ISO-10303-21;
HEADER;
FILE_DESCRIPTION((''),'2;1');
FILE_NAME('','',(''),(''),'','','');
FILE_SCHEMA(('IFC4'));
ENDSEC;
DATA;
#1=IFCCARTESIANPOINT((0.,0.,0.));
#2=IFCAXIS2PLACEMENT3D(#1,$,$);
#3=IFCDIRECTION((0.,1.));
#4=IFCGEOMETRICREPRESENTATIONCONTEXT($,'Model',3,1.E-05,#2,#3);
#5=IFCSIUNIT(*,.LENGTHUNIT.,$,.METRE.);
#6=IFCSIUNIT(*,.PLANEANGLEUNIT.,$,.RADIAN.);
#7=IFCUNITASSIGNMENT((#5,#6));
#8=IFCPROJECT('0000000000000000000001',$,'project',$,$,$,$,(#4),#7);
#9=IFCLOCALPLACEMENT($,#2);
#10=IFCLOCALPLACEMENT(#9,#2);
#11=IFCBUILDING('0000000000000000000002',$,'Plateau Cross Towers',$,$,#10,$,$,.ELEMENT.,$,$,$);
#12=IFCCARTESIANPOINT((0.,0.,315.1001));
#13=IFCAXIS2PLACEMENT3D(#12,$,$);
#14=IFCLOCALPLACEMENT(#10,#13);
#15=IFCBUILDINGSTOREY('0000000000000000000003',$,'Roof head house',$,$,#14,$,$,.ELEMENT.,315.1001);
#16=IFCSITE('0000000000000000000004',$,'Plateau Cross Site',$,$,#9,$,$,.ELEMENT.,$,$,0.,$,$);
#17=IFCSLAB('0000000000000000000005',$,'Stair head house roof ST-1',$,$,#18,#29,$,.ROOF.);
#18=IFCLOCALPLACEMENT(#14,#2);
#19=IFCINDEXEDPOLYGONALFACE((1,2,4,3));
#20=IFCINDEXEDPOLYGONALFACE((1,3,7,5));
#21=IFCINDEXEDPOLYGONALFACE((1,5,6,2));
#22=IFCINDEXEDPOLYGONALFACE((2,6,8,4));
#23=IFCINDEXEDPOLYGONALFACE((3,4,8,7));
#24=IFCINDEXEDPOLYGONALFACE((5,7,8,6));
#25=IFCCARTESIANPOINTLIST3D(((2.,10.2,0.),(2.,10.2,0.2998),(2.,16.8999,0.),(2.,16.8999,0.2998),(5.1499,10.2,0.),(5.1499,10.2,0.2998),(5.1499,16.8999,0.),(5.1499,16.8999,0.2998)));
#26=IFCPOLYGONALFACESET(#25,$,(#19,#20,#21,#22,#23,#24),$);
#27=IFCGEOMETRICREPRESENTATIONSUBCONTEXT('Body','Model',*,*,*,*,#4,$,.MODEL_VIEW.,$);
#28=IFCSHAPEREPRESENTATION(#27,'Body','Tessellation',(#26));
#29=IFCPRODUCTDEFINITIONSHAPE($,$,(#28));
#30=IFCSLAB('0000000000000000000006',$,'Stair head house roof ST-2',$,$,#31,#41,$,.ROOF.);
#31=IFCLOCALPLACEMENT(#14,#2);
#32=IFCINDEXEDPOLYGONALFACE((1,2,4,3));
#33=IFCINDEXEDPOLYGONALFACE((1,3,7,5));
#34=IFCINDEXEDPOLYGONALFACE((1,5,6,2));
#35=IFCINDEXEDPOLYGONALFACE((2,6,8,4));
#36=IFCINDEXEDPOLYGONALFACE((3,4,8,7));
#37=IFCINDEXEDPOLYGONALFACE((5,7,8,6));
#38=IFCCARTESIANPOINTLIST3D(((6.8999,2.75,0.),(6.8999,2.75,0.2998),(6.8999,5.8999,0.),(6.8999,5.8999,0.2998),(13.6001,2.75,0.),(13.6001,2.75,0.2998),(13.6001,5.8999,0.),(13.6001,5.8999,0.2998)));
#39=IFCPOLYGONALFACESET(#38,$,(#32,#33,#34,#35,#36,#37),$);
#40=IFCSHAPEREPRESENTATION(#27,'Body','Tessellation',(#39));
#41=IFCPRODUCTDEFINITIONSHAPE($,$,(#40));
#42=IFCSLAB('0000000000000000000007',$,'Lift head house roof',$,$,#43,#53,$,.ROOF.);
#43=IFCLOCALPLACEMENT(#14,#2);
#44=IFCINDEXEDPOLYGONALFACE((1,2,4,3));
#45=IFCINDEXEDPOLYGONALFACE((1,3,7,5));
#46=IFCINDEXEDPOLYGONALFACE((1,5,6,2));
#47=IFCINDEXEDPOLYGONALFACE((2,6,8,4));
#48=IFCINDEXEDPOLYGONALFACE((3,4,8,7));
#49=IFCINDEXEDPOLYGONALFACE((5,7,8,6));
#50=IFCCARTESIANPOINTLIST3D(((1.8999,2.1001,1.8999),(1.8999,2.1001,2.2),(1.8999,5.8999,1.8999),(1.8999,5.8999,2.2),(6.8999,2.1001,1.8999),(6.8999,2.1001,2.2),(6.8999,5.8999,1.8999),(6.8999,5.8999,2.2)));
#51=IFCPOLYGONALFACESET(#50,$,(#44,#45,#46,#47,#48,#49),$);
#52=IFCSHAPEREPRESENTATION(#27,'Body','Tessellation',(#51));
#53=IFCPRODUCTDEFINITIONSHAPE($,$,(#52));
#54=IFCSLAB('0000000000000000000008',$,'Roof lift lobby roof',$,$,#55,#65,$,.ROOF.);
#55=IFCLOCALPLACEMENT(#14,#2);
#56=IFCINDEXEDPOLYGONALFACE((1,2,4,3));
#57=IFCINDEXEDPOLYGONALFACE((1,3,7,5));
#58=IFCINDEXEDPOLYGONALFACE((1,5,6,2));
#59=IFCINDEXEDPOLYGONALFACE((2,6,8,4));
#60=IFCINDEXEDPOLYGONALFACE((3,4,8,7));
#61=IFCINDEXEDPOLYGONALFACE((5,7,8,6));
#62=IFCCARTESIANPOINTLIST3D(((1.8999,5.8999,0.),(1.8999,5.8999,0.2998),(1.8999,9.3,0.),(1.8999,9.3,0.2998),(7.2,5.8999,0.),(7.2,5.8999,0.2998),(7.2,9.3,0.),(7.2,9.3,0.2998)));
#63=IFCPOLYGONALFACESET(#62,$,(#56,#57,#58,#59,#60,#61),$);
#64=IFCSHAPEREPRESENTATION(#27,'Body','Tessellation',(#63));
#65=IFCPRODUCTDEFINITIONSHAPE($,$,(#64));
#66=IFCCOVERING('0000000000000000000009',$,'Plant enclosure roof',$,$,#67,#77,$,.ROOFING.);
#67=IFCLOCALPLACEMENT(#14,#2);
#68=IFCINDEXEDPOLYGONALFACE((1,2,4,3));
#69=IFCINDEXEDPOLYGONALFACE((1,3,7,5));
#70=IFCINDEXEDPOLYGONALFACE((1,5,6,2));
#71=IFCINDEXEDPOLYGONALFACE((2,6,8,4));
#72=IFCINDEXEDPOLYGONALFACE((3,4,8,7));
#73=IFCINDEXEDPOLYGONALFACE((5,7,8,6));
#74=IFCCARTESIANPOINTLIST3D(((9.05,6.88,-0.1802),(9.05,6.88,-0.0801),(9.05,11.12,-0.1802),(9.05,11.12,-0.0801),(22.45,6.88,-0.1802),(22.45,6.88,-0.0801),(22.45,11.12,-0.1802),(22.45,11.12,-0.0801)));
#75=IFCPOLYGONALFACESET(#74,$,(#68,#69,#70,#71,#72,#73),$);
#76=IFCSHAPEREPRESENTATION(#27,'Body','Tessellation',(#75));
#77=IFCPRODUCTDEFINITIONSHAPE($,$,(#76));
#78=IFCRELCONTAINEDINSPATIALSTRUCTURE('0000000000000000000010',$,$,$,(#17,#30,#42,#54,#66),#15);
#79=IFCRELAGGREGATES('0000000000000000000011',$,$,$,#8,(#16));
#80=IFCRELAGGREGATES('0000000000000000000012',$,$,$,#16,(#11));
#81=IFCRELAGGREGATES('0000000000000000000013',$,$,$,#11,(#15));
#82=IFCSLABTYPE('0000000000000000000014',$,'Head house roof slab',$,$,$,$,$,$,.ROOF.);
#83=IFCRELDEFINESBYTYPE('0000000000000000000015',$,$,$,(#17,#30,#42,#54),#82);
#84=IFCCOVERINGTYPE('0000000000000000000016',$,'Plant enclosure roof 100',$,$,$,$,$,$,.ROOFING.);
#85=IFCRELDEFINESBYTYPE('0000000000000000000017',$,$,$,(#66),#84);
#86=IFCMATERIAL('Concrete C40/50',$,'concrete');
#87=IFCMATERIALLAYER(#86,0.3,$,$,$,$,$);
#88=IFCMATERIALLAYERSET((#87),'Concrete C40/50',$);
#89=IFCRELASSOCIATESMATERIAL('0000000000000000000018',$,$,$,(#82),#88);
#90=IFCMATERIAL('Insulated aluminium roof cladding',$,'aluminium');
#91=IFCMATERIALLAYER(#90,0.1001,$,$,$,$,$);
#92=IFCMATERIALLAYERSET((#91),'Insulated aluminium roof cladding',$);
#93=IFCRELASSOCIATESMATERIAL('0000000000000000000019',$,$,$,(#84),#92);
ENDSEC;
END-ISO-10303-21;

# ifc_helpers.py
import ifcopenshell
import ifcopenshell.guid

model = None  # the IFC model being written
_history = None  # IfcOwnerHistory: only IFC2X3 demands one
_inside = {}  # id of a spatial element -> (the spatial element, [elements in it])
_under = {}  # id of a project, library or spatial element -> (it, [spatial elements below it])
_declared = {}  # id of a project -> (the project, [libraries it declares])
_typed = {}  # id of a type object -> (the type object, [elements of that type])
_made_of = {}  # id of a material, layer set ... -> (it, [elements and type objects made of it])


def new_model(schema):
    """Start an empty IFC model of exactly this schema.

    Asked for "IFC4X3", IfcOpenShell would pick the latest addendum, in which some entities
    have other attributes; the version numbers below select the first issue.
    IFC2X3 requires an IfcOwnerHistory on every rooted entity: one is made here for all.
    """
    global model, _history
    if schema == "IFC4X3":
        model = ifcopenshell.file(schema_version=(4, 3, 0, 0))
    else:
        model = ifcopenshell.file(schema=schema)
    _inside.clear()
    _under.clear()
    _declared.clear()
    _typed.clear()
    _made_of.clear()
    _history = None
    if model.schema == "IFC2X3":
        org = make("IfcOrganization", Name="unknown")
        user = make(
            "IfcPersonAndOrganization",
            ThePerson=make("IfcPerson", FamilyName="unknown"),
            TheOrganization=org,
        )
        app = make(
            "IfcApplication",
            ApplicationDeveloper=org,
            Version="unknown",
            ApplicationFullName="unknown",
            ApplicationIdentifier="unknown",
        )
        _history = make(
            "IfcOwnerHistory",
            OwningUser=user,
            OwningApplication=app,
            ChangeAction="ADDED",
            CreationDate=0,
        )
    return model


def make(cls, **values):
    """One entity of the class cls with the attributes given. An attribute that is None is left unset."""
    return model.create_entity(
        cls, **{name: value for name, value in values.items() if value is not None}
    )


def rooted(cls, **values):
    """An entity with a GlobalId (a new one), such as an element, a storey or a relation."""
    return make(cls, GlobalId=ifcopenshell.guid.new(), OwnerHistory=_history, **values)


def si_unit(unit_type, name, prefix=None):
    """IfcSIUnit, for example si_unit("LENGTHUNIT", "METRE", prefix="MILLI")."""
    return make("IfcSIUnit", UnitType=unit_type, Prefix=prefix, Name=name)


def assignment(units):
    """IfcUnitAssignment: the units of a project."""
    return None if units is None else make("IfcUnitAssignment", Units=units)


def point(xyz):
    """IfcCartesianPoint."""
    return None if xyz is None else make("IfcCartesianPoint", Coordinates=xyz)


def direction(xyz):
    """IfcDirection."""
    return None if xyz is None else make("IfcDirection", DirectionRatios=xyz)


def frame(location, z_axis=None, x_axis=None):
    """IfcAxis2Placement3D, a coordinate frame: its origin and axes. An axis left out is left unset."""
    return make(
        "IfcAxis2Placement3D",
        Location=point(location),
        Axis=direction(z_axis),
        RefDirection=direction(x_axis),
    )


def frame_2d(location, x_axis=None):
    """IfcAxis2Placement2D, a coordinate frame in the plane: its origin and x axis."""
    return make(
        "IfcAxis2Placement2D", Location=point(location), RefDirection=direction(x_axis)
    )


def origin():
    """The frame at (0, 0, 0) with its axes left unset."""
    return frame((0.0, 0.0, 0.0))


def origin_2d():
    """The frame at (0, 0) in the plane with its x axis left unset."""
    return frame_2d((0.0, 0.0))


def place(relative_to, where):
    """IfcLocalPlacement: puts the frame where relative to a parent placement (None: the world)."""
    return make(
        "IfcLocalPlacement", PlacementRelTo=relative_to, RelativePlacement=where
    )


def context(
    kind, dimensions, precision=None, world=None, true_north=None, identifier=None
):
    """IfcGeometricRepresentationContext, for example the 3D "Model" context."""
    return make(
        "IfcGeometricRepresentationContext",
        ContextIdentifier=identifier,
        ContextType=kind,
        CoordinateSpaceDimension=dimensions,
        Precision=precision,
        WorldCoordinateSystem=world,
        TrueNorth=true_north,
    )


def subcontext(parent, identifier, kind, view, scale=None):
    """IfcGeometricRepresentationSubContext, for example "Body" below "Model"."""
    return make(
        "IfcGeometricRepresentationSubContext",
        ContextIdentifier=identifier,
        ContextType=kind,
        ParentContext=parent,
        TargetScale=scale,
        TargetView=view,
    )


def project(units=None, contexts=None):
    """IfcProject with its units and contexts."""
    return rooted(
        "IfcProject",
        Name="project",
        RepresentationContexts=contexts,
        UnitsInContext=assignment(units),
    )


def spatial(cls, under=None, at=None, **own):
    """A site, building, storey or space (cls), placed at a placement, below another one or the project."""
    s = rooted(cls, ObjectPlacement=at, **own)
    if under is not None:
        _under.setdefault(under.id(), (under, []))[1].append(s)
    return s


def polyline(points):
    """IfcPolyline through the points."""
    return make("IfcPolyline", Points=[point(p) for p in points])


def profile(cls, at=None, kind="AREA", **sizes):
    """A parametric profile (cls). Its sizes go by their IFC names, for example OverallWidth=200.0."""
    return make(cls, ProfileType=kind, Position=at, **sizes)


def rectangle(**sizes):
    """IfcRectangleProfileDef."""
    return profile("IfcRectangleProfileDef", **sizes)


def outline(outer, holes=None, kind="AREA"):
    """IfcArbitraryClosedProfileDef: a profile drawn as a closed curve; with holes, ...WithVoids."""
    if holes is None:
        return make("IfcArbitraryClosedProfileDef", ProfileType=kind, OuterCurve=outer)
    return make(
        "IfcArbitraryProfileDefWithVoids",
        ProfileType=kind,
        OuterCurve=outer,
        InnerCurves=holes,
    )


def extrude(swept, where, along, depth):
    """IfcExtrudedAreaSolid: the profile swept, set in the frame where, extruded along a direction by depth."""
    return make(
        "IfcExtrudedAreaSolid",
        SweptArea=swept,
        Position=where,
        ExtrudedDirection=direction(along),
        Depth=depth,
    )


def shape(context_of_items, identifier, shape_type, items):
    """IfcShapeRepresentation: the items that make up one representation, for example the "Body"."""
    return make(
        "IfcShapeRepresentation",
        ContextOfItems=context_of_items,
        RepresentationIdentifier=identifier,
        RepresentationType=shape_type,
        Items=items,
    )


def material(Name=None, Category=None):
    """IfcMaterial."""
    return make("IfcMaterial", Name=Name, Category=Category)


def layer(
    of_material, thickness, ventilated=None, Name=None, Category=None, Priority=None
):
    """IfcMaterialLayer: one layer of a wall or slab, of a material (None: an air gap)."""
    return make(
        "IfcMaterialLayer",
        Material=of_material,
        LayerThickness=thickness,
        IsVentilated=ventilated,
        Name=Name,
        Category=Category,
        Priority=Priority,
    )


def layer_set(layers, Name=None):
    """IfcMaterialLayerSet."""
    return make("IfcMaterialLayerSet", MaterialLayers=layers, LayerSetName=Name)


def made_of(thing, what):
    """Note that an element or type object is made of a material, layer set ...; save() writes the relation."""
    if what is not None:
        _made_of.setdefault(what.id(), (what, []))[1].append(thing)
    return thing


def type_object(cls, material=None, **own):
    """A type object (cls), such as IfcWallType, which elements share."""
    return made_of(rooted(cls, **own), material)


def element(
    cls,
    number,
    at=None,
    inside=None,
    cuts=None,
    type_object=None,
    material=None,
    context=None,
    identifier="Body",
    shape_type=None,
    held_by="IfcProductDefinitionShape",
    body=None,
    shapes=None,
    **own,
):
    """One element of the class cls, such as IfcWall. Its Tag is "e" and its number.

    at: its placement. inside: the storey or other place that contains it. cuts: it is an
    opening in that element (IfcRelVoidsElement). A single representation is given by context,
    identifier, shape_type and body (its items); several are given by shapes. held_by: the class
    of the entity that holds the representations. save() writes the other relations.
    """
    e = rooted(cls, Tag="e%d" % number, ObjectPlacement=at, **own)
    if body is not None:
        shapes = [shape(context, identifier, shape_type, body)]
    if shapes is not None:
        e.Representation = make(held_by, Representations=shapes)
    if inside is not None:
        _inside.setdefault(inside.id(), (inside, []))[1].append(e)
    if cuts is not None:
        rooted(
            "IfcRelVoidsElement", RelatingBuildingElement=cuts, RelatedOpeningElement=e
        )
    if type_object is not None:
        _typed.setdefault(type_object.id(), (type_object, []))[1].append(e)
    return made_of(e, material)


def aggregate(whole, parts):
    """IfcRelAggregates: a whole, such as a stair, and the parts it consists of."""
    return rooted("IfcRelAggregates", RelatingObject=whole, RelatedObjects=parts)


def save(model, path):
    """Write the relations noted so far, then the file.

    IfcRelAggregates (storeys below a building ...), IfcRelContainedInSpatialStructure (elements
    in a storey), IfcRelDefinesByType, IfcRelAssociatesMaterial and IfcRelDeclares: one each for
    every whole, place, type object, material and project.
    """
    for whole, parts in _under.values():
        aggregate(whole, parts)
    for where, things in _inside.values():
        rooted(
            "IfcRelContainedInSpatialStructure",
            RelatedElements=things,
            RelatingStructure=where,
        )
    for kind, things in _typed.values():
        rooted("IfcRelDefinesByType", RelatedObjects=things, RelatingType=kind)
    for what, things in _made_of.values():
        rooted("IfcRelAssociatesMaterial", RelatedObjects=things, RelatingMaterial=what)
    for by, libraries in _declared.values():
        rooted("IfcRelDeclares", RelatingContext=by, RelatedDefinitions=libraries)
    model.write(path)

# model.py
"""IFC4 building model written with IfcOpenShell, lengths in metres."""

from ifc_helpers import new_model, si_unit, direction, frame, origin, origin_2d, place, context, subcontext, project, spatial, polyline, rectangle, outline, extrude, material, layer, layer_set, type_object, element, save


model = new_model("IFC4")

# Units and contexts
model_context = context("Model", 3, precision=1e-05, world=origin(), true_north=direction((0.0, 1.0)))
body_context = subcontext(model_context, "Body", "Model", "MODEL_VIEW")
ifc_project = project(units=[si_unit("LENGTHUNIT", "METRE"), si_unit("PLANEANGLEUNIT", "RADIAN")], contexts=[model_context])

# Site, building, storey
site_placement = place(None, origin())
site = spatial("IfcSite", under=ifc_project, at=site_placement, Name="Plateau Cross Site", CompositionType="ELEMENT", RefElevation=0.0)
building_placement = place(site_placement, origin())
building = spatial("IfcBuilding", under=site, at=building_placement, Name="Plateau Cross Towers", CompositionType="ELEMENT")
storey_placement = place(building_placement, frame((0.0, 0.0, 315.1001)))
storey = spatial("IfcBuildingStorey", under=building, at=storey_placement, Name="Roof head house", CompositionType="ELEMENT", Elevation=315.1001)

# Slabs
ifc_material_1 = material(Name="Concrete C40/50", Category="concrete")
ifc_layer_1 = layer(ifc_material_1, 0.3)
ifc_layer_set_1 = layer_set([ifc_layer_1], Name="Concrete C40/50")
slab_type = type_object("IfcSlabType", Name="Head house roof slab", PredefinedType="ROOF", material=ifc_layer_set_1)
slab_1_placement = place(storey_placement, origin())
element("IfcSlab", 1, at=slab_1_placement, inside=storey, type_object=slab_type, Name="Stair head house roof ST-1", PredefinedType="ROOF", context=body_context, shape_type="SweptSolid", body=[
    extrude(outline(polyline([(5.1499, 10.2), (5.1499, 16.8999), (2.0, 16.8999), (2.0, 10.2), (5.1499, 10.2)])), origin(), (0.0, 0.0, 1.0), 0.2998),
])
slab_2_placement = place(storey_placement, origin())
element("IfcSlab", 2, at=slab_2_placement, inside=storey, type_object=slab_type, Name="Stair head house roof ST-2", PredefinedType="ROOF", context=body_context, shape_type="SweptSolid", body=[
    extrude(outline(polyline([(6.8999, 2.75), (13.6001, 2.75), (13.6001, 5.8999), (6.8999, 5.8999), (6.8999, 2.75)])), origin(), (0.0, 0.0, 1.0), 0.2998),
])
slab_3_placement = place(storey_placement, frame((0.0, 0.0, 1.8999)))
element("IfcSlab", 3, at=slab_3_placement, inside=storey, type_object=slab_type, Name="Lift head house roof", PredefinedType="ROOF", context=body_context, shape_type="SweptSolid", body=[
    extrude(outline(polyline([(1.8999, 2.1001), (6.8999, 2.1001), (6.8999, 5.8999), (1.8999, 5.8999), (1.8999, 2.1001)])), origin(), (0.0, 0.0, 1.0), 0.3),
])
slab_4_placement = place(storey_placement, origin())
element("IfcSlab", 4, at=slab_4_placement, inside=storey, type_object=slab_type, Name="Roof lift lobby roof", PredefinedType="ROOF", context=body_context, shape_type="SweptSolid", body=[
    extrude(outline(polyline([(1.8999, 5.8999), (7.2, 5.8999), (7.2, 9.3), (1.8999, 9.3), (1.8999, 5.8999)])), origin(), (0.0, 0.0, 1.0), 0.2998),
])

# Covering
ifc_material_2 = material(Name="Insulated aluminium roof cladding", Category="aluminium")
ifc_layer_2 = layer(ifc_material_2, 0.1001)
ifc_layer_set_2 = layer_set([ifc_layer_2], Name="Insulated aluminium roof cladding")
covering_type = type_object("IfcCoveringType", Name="Plant enclosure roof 100", PredefinedType="ROOFING", material=ifc_layer_set_2)
covering_placement = place(storey_placement, frame((15.75, 9.0, -0.1802), z_axis=(0.0, 0.0, 1.0), x_axis=(1.0, 0.0, 0.0)))
element("IfcCovering", 5, at=covering_placement, inside=storey, type_object=covering_type, Name="Plant enclosure roof", PredefinedType="ROOFING", context=body_context, shape_type="SweptSolid", body=[
    extrude(rectangle(XDim=13.3999, YDim=4.24, at=origin_2d()), origin(), (0.0, 0.0, 1.0), 0.1001),
])

save(model, "model.ifc")
